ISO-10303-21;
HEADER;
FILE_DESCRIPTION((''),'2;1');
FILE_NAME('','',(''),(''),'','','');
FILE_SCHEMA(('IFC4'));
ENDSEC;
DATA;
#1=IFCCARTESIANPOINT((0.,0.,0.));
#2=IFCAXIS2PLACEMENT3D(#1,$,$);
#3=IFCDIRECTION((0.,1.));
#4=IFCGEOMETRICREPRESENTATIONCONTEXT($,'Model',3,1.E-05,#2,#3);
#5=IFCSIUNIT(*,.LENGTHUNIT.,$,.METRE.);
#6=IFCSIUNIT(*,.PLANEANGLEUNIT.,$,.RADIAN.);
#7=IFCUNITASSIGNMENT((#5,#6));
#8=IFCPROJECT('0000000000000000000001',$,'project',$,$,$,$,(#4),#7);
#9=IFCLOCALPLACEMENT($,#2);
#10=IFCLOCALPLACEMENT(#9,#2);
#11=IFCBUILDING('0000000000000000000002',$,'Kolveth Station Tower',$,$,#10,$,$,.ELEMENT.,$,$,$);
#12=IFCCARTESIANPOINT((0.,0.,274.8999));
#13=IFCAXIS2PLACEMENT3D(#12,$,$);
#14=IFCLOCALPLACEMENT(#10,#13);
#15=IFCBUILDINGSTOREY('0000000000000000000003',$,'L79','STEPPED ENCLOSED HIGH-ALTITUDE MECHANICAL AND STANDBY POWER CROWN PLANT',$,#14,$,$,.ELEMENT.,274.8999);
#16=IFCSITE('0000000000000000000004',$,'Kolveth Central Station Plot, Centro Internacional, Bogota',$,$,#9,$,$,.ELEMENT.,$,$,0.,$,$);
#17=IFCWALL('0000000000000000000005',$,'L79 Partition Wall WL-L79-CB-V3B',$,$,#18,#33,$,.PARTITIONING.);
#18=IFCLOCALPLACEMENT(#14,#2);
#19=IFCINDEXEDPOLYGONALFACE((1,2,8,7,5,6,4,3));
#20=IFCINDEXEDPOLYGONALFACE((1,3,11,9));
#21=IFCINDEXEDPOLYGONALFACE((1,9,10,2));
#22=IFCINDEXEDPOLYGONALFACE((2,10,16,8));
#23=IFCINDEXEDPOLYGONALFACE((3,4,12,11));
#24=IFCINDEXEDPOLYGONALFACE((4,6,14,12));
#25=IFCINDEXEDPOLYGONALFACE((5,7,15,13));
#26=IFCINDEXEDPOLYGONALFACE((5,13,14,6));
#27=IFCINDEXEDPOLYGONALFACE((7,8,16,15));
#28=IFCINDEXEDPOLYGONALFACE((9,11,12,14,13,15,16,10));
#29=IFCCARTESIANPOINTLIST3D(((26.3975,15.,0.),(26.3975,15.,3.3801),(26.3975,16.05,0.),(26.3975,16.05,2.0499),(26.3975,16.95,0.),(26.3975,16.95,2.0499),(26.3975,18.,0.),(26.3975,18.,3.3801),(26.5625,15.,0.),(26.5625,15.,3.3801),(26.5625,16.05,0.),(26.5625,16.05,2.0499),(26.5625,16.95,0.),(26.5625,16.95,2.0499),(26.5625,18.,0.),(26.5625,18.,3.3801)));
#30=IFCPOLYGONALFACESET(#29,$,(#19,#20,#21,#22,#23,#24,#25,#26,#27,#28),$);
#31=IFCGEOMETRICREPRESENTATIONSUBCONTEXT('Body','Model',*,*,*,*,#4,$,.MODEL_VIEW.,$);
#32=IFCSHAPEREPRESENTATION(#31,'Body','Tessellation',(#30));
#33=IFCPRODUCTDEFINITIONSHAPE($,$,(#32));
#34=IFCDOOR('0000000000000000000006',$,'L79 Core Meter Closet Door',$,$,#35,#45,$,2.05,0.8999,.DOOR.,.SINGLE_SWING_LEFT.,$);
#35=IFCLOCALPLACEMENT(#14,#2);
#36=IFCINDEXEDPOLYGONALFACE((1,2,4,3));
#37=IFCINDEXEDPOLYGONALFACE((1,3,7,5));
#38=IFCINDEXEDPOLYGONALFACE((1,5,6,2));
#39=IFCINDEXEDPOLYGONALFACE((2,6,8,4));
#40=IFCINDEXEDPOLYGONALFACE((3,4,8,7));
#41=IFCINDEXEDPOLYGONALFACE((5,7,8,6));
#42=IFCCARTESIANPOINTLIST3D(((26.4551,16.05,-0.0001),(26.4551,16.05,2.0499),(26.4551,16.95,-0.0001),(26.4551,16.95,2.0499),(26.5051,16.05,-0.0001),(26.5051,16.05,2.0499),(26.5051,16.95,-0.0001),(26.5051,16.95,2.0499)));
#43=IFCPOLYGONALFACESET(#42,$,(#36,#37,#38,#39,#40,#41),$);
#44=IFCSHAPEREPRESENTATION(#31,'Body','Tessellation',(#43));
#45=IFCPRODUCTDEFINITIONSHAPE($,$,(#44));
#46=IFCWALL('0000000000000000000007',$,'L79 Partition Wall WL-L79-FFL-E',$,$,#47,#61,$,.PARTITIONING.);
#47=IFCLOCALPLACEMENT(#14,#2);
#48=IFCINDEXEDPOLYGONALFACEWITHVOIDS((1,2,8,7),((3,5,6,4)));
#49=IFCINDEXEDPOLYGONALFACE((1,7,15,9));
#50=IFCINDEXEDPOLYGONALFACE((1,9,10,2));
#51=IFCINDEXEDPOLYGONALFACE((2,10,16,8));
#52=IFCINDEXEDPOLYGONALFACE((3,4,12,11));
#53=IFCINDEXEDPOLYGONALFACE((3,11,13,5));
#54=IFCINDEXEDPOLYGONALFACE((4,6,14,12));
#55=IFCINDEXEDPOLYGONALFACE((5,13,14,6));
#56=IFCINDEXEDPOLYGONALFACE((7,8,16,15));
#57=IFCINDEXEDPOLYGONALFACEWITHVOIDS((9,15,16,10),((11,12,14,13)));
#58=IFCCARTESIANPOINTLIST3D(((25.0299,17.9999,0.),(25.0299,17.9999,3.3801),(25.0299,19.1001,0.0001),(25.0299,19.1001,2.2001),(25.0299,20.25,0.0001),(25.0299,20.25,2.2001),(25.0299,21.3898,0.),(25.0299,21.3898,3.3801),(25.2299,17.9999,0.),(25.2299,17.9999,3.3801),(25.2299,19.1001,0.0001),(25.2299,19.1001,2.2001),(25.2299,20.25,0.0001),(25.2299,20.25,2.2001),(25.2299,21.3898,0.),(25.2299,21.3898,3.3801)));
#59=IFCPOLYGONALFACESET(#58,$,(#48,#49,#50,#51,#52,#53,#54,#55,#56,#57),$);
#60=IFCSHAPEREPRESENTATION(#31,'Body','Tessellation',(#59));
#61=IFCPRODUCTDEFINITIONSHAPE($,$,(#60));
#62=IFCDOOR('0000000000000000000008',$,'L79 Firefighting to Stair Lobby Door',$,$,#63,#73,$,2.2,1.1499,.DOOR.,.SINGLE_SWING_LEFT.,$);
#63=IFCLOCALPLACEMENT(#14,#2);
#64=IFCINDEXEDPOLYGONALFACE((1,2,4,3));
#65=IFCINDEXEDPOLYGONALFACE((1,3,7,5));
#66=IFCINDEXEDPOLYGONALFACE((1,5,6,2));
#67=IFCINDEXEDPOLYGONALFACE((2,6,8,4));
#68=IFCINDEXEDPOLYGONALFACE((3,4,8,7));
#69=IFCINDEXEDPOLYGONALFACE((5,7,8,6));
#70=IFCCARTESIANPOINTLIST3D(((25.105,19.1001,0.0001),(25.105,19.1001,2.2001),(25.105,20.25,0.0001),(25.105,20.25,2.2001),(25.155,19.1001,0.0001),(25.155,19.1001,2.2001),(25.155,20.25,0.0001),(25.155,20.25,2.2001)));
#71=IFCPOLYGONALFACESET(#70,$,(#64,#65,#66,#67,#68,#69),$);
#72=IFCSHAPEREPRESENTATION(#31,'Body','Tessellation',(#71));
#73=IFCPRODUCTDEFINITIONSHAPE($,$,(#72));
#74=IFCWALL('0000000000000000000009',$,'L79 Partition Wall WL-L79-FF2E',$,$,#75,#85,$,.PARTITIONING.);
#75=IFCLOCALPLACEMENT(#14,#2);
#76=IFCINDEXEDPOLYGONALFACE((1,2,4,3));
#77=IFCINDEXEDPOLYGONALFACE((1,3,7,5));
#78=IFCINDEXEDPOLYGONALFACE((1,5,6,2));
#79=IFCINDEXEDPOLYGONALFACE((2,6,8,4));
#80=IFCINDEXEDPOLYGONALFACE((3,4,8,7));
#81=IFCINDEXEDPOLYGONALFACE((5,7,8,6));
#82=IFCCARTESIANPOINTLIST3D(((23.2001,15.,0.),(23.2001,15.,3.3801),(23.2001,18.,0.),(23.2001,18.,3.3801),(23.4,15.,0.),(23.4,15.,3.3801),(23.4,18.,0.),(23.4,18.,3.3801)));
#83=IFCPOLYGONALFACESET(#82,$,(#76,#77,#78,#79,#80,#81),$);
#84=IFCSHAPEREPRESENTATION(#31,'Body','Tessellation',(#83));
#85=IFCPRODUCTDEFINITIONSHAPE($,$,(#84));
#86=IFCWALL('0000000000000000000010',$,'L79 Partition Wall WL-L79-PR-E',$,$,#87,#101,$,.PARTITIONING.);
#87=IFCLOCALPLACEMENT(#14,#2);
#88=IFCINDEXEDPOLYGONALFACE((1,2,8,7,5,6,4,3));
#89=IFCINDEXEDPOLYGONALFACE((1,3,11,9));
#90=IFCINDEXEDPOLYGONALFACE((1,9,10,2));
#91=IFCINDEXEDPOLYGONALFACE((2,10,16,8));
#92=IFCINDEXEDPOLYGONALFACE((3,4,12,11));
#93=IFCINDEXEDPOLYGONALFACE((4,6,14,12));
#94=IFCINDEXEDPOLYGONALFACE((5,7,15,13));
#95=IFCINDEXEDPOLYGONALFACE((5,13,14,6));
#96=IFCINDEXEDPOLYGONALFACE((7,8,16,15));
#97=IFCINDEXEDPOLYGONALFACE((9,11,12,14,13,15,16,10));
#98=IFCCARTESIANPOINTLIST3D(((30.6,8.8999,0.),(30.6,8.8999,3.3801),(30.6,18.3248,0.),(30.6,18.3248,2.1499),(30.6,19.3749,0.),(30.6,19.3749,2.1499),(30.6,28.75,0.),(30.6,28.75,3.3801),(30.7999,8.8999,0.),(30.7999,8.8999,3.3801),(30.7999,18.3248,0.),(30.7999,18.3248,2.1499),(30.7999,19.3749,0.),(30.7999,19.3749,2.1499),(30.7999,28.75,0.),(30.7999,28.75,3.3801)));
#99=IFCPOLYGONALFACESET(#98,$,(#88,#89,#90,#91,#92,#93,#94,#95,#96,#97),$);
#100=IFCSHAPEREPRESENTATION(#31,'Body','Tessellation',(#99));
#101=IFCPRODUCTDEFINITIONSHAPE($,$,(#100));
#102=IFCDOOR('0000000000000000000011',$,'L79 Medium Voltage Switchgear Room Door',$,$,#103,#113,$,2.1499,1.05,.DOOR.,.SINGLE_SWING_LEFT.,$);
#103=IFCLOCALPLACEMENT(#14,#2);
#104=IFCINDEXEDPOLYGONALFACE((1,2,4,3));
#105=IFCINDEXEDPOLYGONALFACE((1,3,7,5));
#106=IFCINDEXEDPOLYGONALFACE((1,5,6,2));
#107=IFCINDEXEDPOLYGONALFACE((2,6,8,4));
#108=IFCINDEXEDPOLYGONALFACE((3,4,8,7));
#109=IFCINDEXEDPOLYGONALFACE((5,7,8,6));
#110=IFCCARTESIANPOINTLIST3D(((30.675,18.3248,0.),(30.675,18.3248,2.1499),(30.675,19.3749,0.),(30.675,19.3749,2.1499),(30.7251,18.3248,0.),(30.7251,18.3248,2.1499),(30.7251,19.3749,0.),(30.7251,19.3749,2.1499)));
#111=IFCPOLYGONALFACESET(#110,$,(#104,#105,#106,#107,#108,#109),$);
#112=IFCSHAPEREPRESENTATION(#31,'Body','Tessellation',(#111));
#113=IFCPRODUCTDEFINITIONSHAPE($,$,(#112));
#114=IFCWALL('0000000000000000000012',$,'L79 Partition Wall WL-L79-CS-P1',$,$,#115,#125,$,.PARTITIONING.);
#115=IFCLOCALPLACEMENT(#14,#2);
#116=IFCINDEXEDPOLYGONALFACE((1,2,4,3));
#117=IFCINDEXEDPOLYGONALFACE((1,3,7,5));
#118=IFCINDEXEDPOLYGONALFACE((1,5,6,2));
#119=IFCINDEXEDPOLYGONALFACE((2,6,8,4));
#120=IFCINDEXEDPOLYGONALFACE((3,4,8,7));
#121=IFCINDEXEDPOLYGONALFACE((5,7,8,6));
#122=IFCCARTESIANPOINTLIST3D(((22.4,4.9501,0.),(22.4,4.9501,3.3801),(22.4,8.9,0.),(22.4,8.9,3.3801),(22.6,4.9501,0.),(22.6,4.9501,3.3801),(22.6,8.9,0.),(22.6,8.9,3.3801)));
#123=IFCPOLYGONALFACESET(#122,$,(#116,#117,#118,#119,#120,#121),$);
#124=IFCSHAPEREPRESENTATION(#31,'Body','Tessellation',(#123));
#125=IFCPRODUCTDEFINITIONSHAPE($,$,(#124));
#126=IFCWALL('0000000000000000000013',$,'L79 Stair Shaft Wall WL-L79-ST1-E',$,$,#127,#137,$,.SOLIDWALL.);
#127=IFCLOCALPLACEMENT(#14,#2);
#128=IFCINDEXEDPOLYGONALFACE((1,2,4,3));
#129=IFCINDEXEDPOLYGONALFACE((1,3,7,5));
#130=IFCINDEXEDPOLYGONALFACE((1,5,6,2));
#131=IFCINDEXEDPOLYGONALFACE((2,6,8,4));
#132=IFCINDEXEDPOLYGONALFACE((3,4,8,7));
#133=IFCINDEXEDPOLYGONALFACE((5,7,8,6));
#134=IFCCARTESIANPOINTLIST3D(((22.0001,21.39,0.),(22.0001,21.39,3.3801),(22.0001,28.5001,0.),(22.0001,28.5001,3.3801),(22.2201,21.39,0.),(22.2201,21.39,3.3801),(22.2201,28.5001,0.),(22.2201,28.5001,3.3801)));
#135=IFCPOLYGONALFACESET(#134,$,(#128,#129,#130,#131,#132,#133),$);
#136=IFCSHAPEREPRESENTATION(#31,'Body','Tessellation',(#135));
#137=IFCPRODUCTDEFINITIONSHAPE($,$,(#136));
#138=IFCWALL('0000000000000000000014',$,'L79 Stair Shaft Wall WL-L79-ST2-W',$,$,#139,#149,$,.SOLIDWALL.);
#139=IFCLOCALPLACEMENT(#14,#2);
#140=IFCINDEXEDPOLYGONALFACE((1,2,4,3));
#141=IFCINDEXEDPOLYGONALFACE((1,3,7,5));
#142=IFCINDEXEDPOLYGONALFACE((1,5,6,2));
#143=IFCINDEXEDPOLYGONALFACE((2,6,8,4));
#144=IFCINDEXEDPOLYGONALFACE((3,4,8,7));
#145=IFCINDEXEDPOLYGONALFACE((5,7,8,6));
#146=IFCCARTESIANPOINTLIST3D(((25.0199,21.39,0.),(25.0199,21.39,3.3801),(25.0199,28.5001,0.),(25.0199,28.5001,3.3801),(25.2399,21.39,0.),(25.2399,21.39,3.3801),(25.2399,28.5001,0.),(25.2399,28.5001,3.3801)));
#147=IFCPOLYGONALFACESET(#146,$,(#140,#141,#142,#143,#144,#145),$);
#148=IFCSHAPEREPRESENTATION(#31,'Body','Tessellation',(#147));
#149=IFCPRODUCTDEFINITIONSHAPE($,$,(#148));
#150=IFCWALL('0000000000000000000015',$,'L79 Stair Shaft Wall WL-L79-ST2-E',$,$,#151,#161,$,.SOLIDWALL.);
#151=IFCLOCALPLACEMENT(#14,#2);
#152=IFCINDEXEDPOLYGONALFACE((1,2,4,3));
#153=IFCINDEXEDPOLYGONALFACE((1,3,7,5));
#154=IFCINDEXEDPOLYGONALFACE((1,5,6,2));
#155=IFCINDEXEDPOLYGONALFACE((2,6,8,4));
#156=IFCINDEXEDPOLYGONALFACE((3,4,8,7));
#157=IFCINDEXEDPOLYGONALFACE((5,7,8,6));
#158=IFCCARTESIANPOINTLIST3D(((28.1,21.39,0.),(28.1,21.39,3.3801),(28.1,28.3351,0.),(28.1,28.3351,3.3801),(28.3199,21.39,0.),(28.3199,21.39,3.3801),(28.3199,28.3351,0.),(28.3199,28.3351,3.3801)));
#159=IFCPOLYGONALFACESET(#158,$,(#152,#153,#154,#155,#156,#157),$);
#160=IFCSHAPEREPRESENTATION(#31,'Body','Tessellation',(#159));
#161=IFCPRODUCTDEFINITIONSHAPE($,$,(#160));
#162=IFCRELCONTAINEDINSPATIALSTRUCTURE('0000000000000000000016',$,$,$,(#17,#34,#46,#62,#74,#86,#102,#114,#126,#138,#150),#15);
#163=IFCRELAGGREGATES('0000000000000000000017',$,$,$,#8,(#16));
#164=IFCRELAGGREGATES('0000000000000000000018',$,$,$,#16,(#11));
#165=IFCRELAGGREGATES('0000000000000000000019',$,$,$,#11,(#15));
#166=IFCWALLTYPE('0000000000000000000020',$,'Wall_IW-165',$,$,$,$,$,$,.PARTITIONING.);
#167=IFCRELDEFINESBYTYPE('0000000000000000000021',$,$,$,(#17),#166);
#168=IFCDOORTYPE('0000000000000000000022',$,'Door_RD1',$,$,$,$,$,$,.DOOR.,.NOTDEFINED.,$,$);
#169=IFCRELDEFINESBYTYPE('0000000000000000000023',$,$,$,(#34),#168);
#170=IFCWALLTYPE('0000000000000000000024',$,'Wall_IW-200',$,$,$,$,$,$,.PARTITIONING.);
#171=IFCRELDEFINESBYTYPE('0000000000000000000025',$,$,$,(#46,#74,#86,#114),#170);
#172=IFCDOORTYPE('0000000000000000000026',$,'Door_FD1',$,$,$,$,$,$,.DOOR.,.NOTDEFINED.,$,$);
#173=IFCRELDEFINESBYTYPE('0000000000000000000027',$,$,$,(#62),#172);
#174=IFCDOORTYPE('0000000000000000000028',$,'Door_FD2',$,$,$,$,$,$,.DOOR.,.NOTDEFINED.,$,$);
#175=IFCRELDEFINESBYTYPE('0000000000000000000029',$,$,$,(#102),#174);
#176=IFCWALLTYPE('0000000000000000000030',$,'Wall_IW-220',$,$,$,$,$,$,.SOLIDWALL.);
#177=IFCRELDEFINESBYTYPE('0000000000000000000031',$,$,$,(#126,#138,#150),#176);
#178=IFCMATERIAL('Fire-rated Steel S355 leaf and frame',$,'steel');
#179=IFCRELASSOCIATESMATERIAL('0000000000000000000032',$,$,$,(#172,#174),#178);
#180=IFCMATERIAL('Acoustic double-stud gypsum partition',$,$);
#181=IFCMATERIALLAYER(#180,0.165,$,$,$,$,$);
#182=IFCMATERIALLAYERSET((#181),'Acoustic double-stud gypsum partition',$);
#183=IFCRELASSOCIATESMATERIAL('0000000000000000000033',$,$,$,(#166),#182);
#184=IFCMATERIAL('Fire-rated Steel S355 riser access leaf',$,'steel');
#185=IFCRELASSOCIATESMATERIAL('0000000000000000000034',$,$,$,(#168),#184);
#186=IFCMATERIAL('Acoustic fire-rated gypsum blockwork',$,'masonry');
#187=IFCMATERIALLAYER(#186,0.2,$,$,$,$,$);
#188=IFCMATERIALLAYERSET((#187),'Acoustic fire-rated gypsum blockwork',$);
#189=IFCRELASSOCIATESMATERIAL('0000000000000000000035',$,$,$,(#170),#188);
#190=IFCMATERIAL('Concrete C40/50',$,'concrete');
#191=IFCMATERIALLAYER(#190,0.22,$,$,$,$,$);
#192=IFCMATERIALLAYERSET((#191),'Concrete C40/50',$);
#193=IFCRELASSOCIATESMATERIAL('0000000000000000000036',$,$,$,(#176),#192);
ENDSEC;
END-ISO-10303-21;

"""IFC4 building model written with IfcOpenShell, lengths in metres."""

from ifc_helpers import new_model, si_unit, direction, frame, frame_2d, origin, place, context, subcontext, project, spatial, rectangle, extrude, material, layer, layer_set, type_object, element, fill, save


model = new_model("IFC4")

# Units and contexts
model_context = context("Model", 3, precision=1e-05, world=origin(), true_north=direction((0.0, 1.0)))
body_context = subcontext(model_context, "Body", "Model", "MODEL_VIEW")
ifc_project = project(units=[si_unit("LENGTHUNIT", "METRE"), si_unit("PLANEANGLEUNIT", "RADIAN")], contexts=[model_context])

# Site, building, storey
site_placement = place(None, origin())
site = spatial("IfcSite", under=ifc_project, at=site_placement, Name="Kolveth Central Station Plot, Centro Internacional, Bogota", CompositionType="ELEMENT", RefElevation=0.0)
building_placement = place(site_placement, origin())
building = spatial("IfcBuilding", under=site, at=building_placement, Name="Kolveth Station Tower", CompositionType="ELEMENT")
storey_placement = place(building_placement, frame((0.0, 0.0, 274.8999)))
storey = spatial("IfcBuildingStorey", under=building, at=storey_placement, Name="L79", Description="STEPPED ENCLOSED HIGH-ALTITUDE MECHANICAL AND STANDBY POWER CROWN PLANT", CompositionType="ELEMENT", Elevation=274.8999)

# Shared definitions
ifc_material_1 = material(Name="Concrete C40/50", Category="concrete")

# Shared definitions
ifc_material_2 = material(Name="Fire-rated Steel S355 leaf and frame", Category="steel")
door_type_1 = type_object("IfcDoorType", Name="Door_FD1", OperationType="NOTDEFINED", PredefinedType="DOOR", material=ifc_material_2)

# Shared definitions
ifc_material_3 = material(Name="Acoustic double-stud gypsum partition")
ifc_layer_1 = layer(ifc_material_3, 0.165)
ifc_layer_set_1 = layer_set([ifc_layer_1], Name="Acoustic double-stud gypsum partition")
wall_type_1 = type_object("IfcWallType", Name="Wall_IW-165", PredefinedType="PARTITIONING", material=ifc_layer_set_1)

# Walls, openings, doors
wall_1_placement = place(storey_placement, frame((26.48, 15.0, 0.0), z_axis=(0.0, 0.0, 1.0), x_axis=(0.0, 1.0, 0.0)))
wall_1 = element("IfcWall", 1, at=wall_1_placement, inside=storey, type_object=wall_type_1, Name="L79 Partition Wall WL-L79-CB-V3B", PredefinedType="PARTITIONING", context=body_context, shape_type="SweptSolid", body=[
    extrude(rectangle(XDim=3.0, YDim=0.165, at=frame_2d((1.5, 0.0))), origin(), (0.0, 0.0, 1.0), 3.3801),
])
opening_1_placement = place(wall_1_placement, frame((1.05, 0.0, 0.0)))
opening_1 = element("IfcOpeningElement", 2, at=opening_1_placement, cuts=wall_1, PredefinedType="OPENING", context=body_context, shape_type="SweptSolid", body=[
    extrude(rectangle(XDim=0.8999, YDim=2.05, at=frame_2d((0.45, 1.0249))), frame((0.0, 0.0925, 0.0), z_axis=(0.0, -1.0, 0.0), x_axis=(1.0, 0.0, 0.0)), (0.0, 0.0, 1.0), 0.1851),
])
ifc_material_4 = material(Name="Fire-rated Steel S355 riser access leaf", Category="steel")
door_type_2 = type_object("IfcDoorType", Name="Door_RD1", OperationType="NOTDEFINED", PredefinedType="DOOR", material=ifc_material_4)
door_1_placement = place(opening_1_placement, origin())
door_1 = element("IfcDoor", 3, at=door_1_placement, inside=storey, type_object=door_type_2, Name="L79 Core Meter Closet Door", OperationType="SINGLE_SWING_LEFT", OverallHeight=2.05, OverallWidth=0.8999, PredefinedType="DOOR", context=body_context, shape_type="SweptSolid", body=[
    extrude(rectangle(XDim=0.8999, YDim=2.05, at=frame_2d((0.45, 1.0249))), frame((0.0, 0.0249, 0.0), z_axis=(0.0, -1.0, 0.0), x_axis=(1.0, 0.0, 0.0)), (0.0, 0.0, 1.0), 0.05),
])
fill(opening_1, door_1)
ifc_material_5 = material(Name="Acoustic fire-rated gypsum blockwork", Category="masonry")
ifc_layer_2 = layer(ifc_material_5, 0.2)
ifc_layer_set_2 = layer_set([ifc_layer_2], Name="Acoustic fire-rated gypsum blockwork")
wall_type_2 = type_object("IfcWallType", Name="Wall_IW-200", PredefinedType="PARTITIONING", material=ifc_layer_set_2)
wall_2_placement = place(storey_placement, frame((25.1299, 18.0, 0.0), z_axis=(0.0, 0.0, 1.0), x_axis=(0.0, 1.0, 0.0)))
wall_2 = element("IfcWall", 4, at=wall_2_placement, inside=storey, type_object=wall_type_2, Name="L79 Partition Wall WL-L79-FFL-E", PredefinedType="PARTITIONING", context=body_context, shape_type="SweptSolid", body=[
    extrude(rectangle(XDim=3.3899, YDim=0.2, at=frame_2d((1.6948, 0.0))), origin(), (0.0, 0.0, 1.0), 3.3801),
])
opening_2_placement = place(wall_2_placement, frame((1.1001, 0.0, 0.0)))
opening_2 = element("IfcOpeningElement", 5, at=opening_2_placement, cuts=wall_2, PredefinedType="OPENING", context=body_context, shape_type="SweptSolid", body=[
    extrude(rectangle(XDim=1.1499, YDim=2.2, at=frame_2d((0.575, 1.1001))), frame((0.0, 0.1099, 0.0), z_axis=(0.0, -1.0, 0.0), x_axis=(1.0, 0.0, 0.0)), (0.0, 0.0, 1.0), 0.22),
])
door_2_placement = place(opening_2_placement, origin())
door_2 = element("IfcDoor", 6, at=door_2_placement, inside=storey, type_object=door_type_1, Name="L79 Firefighting to Stair Lobby Door", OperationType="SINGLE_SWING_LEFT", OverallHeight=2.2, OverallWidth=1.1499, PredefinedType="DOOR", context=body_context, shape_type="SweptSolid", body=[
    extrude(rectangle(XDim=1.1499, YDim=2.2, at=frame_2d((0.575, 1.1001))), frame((0.0, 0.0249, 0.0), z_axis=(0.0, -1.0, 0.0), x_axis=(1.0, 0.0, 0.0)), (0.0, 0.0, 1.0), 0.05),
])
fill(opening_2, door_2)

# Wall
wall_3_placement = place(storey_placement, frame((23.3, 15.0, 0.0), z_axis=(0.0, 0.0, 1.0), x_axis=(0.0, 1.0, 0.0)))
element("IfcWall", 7, at=wall_3_placement, inside=storey, type_object=wall_type_2, Name="L79 Partition Wall WL-L79-FF2E", PredefinedType="PARTITIONING", context=body_context, shape_type="SweptSolid", body=[
    extrude(rectangle(XDim=3.0, YDim=0.2, at=frame_2d((1.5, 0.0))), origin(), (0.0, 0.0, 1.0), 3.3801),
])

# Wall, opening, door
wall_4_placement = place(storey_placement, frame((30.7, 8.8999, 0.0), z_axis=(0.0, 0.0, 1.0), x_axis=(0.0, 1.0, 0.0)))
wall_4 = element("IfcWall", 8, at=wall_4_placement, inside=storey, type_object=wall_type_2, Name="L79 Partition Wall WL-L79-PR-E", PredefinedType="PARTITIONING", context=body_context, shape_type="SweptSolid", body=[
    extrude(rectangle(XDim=19.8501, YDim=0.2, at=frame_2d((9.925, 0.0))), origin(), (0.0, 0.0, 1.0), 3.3801),
])
opening_3_placement = place(wall_4_placement, frame((9.425, 0.0, 0.0)))
opening_3 = element("IfcOpeningElement", 9, at=opening_3_placement, cuts=wall_4, PredefinedType="OPENING", context=body_context, shape_type="SweptSolid", body=[
    extrude(rectangle(XDim=1.05, YDim=2.1499, at=frame_2d((0.5249, 1.075))), frame((0.0, 0.1099, 0.0), z_axis=(0.0, -1.0, 0.0), x_axis=(1.0, 0.0, 0.0)), (0.0, 0.0, 1.0), 0.22),
])
door_type_3 = type_object("IfcDoorType", Name="Door_FD2", OperationType="NOTDEFINED", PredefinedType="DOOR", material=ifc_material_2)
door_3_placement = place(opening_3_placement, origin())
door_3 = element("IfcDoor", 10, at=door_3_placement, inside=storey, type_object=door_type_3, Name="L79 Medium Voltage Switchgear Room Door", OperationType="SINGLE_SWING_LEFT", OverallHeight=2.1499, OverallWidth=1.05, PredefinedType="DOOR", context=body_context, shape_type="SweptSolid", body=[
    extrude(rectangle(XDim=1.05, YDim=2.1499, at=frame_2d((0.5249, 1.075))), frame((0.0, 0.0249, 0.0), z_axis=(0.0, -1.0, 0.0), x_axis=(1.0, 0.0, 0.0)), (0.0, 0.0, 1.0), 0.05),
])
fill(opening_3, door_3)

# Walls
wall_5_placement = place(storey_placement, frame((22.5, 4.95, 0.0), z_axis=(0.0, 0.0, 1.0), x_axis=(0.0, 1.0, 0.0)))
element("IfcWall", 11, at=wall_5_placement, inside=storey, type_object=wall_type_2, Name="L79 Partition Wall WL-L79-CS-P1", PredefinedType="PARTITIONING", context=body_context, shape_type="SweptSolid", body=[
    extrude(rectangle(XDim=3.95, YDim=0.2, at=frame_2d((1.9751, 0.0))), origin(), (0.0, 0.0, 1.0), 3.3801),
])
ifc_layer_3 = layer(ifc_material_1, 0.22)
ifc_layer_set_3 = layer_set([ifc_layer_3], Name="Concrete C40/50")
wall_type_3 = type_object("IfcWallType", Name="Wall_IW-220", PredefinedType="SOLIDWALL", material=ifc_layer_set_3)
for number, where, z_axis, x_axis, name in (
    (12, (22.1101, 21.3899, 0.0), (0.0, 0.0, 1.0), (0.0, 1.0, 0.0), "L79 Stair Shaft Wall WL-L79-ST1-E"),
    (13, (25.1299, 21.3899, 0.0), (0.0, 0.0, 1.0), (0.0, 1.0, 0.0), "L79 Stair Shaft Wall WL-L79-ST2-W"),
):
    element("IfcWall", number, at=place(storey_placement, frame(where, z_axis=z_axis, x_axis=x_axis)), inside=storey, type_object=wall_type_3, Name=name, PredefinedType="SOLIDWALL", context=body_context, shape_type="SweptSolid", body=[
        extrude(rectangle(XDim=7.1101, YDim=0.22, at=frame_2d((3.5552, 0.0))), origin(), (0.0, 0.0, 1.0), 3.3801),
    ])
wall_6_placement = place(storey_placement, frame((28.21, 21.3899, 0.0), z_axis=(0.0, 0.0, 1.0), x_axis=(0.0, 1.0, 0.0)))
element("IfcWall", 14, at=wall_6_placement, inside=storey, type_object=wall_type_3, Name="L79 Stair Shaft Wall WL-L79-ST2-E", PredefinedType="SOLIDWALL", context=body_context, shape_type="SweptSolid", body=[
    extrude(rectangle(XDim=6.9451, YDim=0.22, at=frame_2d((3.4727, 0.0))), origin(), (0.0, 0.0, 1.0), 3.3801),
])

save(model, "model.ifc")
